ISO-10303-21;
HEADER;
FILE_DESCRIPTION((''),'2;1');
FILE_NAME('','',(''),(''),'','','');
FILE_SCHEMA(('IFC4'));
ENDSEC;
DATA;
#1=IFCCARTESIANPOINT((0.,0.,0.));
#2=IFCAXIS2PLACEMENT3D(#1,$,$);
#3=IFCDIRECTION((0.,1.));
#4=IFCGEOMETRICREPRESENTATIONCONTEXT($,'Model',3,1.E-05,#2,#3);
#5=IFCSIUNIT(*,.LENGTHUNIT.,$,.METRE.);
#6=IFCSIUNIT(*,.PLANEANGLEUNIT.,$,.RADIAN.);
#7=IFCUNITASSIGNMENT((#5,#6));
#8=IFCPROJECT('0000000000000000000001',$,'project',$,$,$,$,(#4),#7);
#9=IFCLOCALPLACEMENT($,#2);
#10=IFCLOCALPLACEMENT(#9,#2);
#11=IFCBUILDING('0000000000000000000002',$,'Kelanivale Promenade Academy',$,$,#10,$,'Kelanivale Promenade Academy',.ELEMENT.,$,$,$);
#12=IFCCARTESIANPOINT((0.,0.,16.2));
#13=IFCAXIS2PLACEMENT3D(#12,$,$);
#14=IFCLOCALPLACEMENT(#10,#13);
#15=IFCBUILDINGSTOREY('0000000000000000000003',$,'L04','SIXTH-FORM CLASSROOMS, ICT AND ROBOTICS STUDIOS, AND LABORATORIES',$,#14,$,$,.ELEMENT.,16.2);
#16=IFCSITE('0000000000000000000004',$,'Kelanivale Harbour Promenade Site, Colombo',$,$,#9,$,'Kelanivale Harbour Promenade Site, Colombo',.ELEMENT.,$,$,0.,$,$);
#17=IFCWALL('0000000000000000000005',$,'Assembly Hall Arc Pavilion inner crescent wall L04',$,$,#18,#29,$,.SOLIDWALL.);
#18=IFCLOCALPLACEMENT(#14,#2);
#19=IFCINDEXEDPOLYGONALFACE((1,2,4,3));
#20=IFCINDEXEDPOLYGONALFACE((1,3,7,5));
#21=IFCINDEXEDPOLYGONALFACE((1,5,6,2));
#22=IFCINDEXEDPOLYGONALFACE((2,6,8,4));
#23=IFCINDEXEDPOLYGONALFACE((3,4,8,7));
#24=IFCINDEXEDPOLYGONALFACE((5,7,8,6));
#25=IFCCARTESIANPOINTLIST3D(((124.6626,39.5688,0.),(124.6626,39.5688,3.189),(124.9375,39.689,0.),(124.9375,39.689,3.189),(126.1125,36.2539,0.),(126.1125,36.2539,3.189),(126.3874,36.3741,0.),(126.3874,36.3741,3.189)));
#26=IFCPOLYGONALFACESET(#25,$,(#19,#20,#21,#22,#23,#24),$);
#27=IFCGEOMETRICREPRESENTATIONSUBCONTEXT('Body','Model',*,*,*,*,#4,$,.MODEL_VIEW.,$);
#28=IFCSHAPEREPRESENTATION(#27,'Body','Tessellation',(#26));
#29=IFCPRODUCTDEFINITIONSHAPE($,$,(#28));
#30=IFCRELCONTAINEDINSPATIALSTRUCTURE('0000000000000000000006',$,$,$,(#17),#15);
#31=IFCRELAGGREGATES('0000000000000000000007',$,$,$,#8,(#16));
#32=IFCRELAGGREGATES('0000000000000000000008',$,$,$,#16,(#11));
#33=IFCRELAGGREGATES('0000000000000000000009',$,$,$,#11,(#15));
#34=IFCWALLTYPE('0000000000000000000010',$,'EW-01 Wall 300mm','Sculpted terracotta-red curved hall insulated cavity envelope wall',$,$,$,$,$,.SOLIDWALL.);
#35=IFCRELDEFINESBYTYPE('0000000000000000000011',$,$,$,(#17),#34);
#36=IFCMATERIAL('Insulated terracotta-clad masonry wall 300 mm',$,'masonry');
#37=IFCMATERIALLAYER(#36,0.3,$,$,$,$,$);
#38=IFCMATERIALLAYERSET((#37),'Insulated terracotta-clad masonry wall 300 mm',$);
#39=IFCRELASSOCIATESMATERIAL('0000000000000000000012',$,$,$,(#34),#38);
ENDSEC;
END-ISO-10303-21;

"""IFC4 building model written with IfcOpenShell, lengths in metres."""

from ifc_helpers import new_model, si_unit, direction, frame, frame_2d, origin, place, context, subcontext, project, spatial, rectangle, extrude, material, layer, layer_set, type_object, element, save


model = new_model("IFC4")

# Units and contexts
model_context = context("Model", 3, precision=1e-05, world=origin(), true_north=direction((0.0, 1.0)))
body_context = subcontext(model_context, "Body", "Model", "MODEL_VIEW")
ifc_project = project(units=[si_unit("LENGTHUNIT", "METRE"), si_unit("PLANEANGLEUNIT", "RADIAN")], contexts=[model_context])

# Site, building, storey
site_placement = place(None, origin())
site = spatial("IfcSite", under=ifc_project, at=site_placement, Name="Kelanivale Harbour Promenade Site, Colombo", LongName="Kelanivale Harbour Promenade Site, Colombo", CompositionType="ELEMENT", RefElevation=0.0)
building_placement = place(site_placement, origin())
building = spatial("IfcBuilding", under=site, at=building_placement, Name="Kelanivale Promenade Academy", LongName="Kelanivale Promenade Academy", CompositionType="ELEMENT")
storey_placement = place(building_placement, frame((0.0, 0.0, 16.2)))
storey = spatial("IfcBuildingStorey", under=building, at=storey_placement, Name="L04", Description="SIXTH-FORM CLASSROOMS, ICT AND ROBOTICS STUDIOS, AND LABORATORIES", CompositionType="ELEMENT", Elevation=16.2)

# Wall
ifc_material_1 = material(Name="Insulated terracotta-clad masonry wall 300 mm", Category="masonry")
ifc_layer_1 = layer(ifc_material_1, 0.3)
ifc_layer_set_1 = layer_set([ifc_layer_1], Name="Insulated terracotta-clad masonry wall 300 mm")
wall_type = type_object("IfcWallType", Name="EW-01 Wall 300mm", Description="Sculpted terracotta-red curved hall insulated cavity envelope wall", PredefinedType="SOLIDWALL", material=ifc_layer_set_1)
wall_1_placement = place(storey_placement, frame((124.8, 39.6289, 0.0), z_axis=(0.0, 0.0, 1.0), x_axis=(0.400741, -0.916191, 0.0)))
element("IfcWall", 1, at=wall_1_placement, inside=storey, type_object=wall_type, Name="Assembly Hall Arc Pavilion inner crescent wall L04", PredefinedType="SOLIDWALL", context=body_context, shape_type="SweptSolid", body=[
    extrude(rectangle(XDim=3.6182, YDim=0.3, at=frame_2d((1.8091, 0.0))), origin(), (0.0, 0.0, 1.0), 3.189),
])

save(model, "model.ifc")
